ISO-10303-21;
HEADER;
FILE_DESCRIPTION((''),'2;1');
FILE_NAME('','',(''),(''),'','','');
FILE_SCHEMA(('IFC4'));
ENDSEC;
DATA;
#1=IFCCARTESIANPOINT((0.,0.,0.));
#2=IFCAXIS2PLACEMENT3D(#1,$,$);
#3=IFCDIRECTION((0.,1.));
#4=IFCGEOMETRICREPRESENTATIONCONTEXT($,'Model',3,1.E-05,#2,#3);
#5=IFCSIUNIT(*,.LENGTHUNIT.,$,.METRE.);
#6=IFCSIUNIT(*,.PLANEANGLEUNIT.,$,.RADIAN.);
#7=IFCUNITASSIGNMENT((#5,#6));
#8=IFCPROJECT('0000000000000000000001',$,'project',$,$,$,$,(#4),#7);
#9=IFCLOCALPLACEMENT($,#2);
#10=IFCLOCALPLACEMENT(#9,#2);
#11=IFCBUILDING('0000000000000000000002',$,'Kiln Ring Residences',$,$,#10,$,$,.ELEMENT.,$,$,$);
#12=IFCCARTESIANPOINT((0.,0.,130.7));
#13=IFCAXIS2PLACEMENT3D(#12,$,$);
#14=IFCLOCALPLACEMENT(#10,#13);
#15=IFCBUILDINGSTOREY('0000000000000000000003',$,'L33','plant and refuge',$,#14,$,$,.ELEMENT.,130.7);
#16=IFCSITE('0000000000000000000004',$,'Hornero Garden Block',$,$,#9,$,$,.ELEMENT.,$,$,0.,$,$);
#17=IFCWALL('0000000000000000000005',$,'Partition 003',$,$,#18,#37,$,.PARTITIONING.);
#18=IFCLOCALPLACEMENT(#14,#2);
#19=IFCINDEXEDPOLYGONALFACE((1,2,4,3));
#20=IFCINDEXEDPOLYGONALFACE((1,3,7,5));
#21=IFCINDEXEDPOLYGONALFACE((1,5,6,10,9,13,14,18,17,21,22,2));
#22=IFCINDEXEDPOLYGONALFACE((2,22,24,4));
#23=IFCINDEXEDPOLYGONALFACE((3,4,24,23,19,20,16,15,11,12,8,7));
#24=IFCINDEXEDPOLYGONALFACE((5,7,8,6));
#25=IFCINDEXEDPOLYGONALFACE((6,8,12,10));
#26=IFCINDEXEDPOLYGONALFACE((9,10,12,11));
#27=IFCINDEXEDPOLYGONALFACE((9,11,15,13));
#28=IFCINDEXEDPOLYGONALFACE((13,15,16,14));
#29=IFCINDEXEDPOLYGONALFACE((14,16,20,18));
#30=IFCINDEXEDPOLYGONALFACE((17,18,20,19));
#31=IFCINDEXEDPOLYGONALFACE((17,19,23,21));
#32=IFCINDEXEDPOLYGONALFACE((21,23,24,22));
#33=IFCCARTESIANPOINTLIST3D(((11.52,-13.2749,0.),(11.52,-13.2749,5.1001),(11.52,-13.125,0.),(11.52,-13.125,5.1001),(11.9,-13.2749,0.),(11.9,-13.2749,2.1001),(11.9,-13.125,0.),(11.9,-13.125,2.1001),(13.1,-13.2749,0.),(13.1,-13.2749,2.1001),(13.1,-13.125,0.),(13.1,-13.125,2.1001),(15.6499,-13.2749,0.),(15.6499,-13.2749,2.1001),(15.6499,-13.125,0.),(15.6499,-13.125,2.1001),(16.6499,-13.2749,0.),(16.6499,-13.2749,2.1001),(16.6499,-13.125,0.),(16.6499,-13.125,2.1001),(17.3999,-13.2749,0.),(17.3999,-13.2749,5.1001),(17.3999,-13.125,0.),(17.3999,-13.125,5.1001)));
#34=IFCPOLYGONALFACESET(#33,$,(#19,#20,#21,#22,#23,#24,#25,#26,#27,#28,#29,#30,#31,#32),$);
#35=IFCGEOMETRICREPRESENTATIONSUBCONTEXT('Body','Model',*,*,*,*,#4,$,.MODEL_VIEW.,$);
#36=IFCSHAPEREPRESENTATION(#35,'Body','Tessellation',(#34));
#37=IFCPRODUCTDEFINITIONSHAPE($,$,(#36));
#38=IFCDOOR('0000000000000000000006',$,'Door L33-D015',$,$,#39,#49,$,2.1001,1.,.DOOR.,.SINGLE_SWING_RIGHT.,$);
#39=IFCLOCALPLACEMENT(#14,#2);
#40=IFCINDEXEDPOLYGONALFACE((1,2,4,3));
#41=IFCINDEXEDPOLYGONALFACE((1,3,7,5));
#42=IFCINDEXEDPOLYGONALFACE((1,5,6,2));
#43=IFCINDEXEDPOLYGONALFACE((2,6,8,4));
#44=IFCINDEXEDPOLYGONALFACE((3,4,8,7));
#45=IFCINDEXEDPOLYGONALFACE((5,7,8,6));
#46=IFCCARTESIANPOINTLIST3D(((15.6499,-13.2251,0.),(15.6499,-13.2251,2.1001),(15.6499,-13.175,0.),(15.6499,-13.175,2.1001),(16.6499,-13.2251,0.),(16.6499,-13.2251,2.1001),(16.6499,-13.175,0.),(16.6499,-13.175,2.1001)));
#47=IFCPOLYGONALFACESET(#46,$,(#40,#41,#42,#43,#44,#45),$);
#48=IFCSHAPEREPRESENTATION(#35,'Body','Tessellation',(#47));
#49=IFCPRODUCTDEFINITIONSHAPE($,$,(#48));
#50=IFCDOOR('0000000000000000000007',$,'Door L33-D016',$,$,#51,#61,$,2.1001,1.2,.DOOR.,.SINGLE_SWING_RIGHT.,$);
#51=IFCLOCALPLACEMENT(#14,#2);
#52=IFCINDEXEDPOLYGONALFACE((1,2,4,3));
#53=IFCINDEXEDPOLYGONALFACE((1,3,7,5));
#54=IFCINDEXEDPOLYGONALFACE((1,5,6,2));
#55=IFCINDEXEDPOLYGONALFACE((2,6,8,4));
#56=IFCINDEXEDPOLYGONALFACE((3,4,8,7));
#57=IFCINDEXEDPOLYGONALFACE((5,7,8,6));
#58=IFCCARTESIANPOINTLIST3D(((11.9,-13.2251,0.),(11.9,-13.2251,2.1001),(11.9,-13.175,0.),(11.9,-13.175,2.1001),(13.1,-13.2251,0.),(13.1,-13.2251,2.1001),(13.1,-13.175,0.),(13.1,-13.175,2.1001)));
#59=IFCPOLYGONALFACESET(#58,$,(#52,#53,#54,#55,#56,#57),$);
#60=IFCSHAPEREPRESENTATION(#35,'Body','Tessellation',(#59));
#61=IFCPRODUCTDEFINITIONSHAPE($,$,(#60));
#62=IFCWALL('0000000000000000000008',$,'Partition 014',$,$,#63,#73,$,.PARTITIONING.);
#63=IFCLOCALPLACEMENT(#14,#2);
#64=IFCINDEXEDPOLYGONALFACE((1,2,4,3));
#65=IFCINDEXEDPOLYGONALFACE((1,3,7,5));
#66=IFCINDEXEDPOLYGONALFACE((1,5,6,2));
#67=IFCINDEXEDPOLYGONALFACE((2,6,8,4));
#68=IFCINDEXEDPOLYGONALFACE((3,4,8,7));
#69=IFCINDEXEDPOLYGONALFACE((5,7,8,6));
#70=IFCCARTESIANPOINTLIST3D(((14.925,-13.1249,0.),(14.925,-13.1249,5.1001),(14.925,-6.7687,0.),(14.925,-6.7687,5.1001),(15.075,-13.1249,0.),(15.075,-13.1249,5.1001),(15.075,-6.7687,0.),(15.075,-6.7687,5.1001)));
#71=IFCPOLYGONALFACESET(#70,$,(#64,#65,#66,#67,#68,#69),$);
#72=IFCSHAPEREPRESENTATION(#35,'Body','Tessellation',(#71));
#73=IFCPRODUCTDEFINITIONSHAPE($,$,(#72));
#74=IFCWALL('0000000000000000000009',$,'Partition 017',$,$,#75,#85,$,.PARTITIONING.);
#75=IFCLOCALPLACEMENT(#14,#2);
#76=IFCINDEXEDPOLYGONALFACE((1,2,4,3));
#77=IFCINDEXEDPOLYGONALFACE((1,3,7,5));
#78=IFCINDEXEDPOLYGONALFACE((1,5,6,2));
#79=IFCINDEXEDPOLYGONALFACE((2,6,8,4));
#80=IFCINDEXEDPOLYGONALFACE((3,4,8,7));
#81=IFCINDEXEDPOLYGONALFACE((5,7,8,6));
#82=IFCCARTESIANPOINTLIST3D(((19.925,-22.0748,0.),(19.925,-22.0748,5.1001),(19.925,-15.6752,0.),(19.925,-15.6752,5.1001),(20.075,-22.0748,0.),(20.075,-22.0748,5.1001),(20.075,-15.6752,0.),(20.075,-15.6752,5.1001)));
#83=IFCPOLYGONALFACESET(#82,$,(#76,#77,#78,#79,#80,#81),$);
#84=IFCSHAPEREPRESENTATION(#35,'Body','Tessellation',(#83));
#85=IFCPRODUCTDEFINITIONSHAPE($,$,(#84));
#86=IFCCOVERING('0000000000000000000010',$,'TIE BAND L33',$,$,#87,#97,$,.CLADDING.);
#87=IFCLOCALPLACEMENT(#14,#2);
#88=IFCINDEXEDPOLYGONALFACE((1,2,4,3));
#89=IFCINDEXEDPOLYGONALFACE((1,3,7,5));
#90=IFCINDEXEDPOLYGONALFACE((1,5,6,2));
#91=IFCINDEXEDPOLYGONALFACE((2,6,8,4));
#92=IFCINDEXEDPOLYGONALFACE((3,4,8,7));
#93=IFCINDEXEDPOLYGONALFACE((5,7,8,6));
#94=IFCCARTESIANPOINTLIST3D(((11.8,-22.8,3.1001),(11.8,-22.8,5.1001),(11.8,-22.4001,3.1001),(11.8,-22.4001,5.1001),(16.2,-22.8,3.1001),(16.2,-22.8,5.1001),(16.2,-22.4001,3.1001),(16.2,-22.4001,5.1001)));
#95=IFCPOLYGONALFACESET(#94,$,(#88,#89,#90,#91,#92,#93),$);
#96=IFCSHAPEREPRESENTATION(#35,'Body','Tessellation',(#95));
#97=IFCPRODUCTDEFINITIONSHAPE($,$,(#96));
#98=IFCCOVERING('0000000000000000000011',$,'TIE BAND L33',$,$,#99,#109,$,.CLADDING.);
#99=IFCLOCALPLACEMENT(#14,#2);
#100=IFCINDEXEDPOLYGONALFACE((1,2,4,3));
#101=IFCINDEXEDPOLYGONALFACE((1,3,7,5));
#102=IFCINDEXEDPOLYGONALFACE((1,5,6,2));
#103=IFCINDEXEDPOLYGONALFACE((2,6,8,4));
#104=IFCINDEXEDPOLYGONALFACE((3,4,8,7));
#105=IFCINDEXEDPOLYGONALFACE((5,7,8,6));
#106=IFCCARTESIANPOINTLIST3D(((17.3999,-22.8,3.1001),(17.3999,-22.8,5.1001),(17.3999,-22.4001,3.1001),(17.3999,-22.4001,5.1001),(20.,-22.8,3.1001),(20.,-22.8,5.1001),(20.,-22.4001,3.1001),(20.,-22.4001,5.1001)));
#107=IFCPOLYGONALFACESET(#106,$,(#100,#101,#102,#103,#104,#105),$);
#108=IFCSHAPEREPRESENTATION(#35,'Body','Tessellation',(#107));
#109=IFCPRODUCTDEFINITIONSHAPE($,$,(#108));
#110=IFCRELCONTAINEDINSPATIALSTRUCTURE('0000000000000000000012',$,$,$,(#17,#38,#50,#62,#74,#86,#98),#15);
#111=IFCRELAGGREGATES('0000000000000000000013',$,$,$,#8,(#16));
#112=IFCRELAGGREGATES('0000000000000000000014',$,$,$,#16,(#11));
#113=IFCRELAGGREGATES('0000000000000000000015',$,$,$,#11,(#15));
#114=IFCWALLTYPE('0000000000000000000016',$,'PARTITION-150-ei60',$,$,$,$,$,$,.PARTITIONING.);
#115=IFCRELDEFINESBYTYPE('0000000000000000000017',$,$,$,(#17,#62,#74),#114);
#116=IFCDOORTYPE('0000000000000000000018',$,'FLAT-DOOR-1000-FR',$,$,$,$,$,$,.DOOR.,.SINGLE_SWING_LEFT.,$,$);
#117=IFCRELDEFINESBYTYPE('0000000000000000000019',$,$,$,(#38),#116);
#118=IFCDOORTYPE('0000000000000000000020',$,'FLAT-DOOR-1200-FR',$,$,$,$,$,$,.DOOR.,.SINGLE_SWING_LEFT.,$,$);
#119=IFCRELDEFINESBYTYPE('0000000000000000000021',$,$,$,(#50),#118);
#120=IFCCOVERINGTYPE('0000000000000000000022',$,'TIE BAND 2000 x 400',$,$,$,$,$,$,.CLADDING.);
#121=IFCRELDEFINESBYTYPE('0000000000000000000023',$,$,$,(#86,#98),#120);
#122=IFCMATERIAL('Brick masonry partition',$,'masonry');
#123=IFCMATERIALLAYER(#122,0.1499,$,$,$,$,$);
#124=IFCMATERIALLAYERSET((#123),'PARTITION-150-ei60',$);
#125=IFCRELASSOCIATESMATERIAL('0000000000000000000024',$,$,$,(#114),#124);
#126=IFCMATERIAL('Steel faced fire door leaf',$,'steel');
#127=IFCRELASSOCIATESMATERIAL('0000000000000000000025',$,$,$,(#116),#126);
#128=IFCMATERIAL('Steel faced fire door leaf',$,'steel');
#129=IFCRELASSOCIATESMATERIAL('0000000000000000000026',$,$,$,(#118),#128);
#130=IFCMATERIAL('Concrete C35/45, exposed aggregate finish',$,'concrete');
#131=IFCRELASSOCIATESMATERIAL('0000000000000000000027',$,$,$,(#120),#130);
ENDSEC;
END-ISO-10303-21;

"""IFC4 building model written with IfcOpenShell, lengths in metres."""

from ifc_helpers import new_model, si_unit, direction, frame, frame_2d, origin, origin_2d, place, context, subcontext, project, spatial, rectangle, extrude, material, layer, layer_set, type_object, element, fill, save


model = new_model("IFC4")

# Units and contexts
model_context = context("Model", 3, precision=1e-05, world=origin(), true_north=direction((0.0, 1.0)))
body_context = subcontext(model_context, "Body", "Model", "MODEL_VIEW")
ifc_project = project(units=[si_unit("LENGTHUNIT", "METRE"), si_unit("PLANEANGLEUNIT", "RADIAN")], contexts=[model_context])

# Site, building, storey
site_placement = place(None, origin())
site = spatial("IfcSite", under=ifc_project, at=site_placement, Name="Hornero Garden Block", CompositionType="ELEMENT", RefElevation=0.0)
building_placement = place(site_placement, origin())
building = spatial("IfcBuilding", under=site, at=building_placement, Name="Kiln Ring Residences", CompositionType="ELEMENT")
storey_placement = place(building_placement, frame((0.0, 0.0, 130.7)))
storey = spatial("IfcBuildingStorey", under=building, at=storey_placement, Name="L33", Description="plant and refuge", CompositionType="ELEMENT", Elevation=130.7)

# Wall, openings, doors
ifc_material_1 = material(Name="Brick masonry partition", Category="masonry")
ifc_layer_1 = layer(ifc_material_1, 0.1499)
ifc_layer_set_1 = layer_set([ifc_layer_1], Name="PARTITION-150-ei60")
wall_type_1 = type_object("IfcWallType", Name="PARTITION-150-ei60", PredefinedType="PARTITIONING", material=ifc_layer_set_1)
wall_1_placement = place(storey_placement, frame((11.52, -13.2, 0.0), z_axis=(0.0, 0.0, 1.0), x_axis=(1.0, 0.0, 0.0)))
wall_1 = element("IfcWall", 1, at=wall_1_placement, inside=storey, type_object=wall_type_1, Name="Partition 003", PredefinedType="PARTITIONING", context=body_context, shape_type="SweptSolid", body=[
    extrude(rectangle(XDim=5.8799, YDim=0.1499, at=frame_2d((2.9399, 0.0))), origin(), (0.0, 0.0, 1.0), 5.1001),
])
opening_1_placement = place(wall_1_placement, frame((4.1299, 0.0, 0.0)))
opening_1 = element("IfcOpeningElement", 2, at=opening_1_placement, cuts=wall_1, PredefinedType="OPENING", context=body_context, shape_type="SweptSolid", body=[
    extrude(rectangle(XDim=1.0, YDim=2.1001, at=frame_2d((0.5, 1.05))), frame((0.0, 0.085, 0.0), z_axis=(0.0, -1.0, 0.0), x_axis=(1.0, 0.0, 0.0)), (0.0, 0.0, 1.0), 0.1699),
])
opening_2_placement = place(wall_1_placement, frame((0.3799, 0.0, 0.0)))
opening_2 = element("IfcOpeningElement", 3, at=opening_2_placement, cuts=wall_1, PredefinedType="OPENING", context=body_context, shape_type="SweptSolid", body=[
    extrude(rectangle(XDim=1.2, YDim=2.1001, at=frame_2d((0.6001, 1.05))), frame((0.0, 0.085, 0.0), z_axis=(0.0, -1.0, 0.0), x_axis=(1.0, 0.0, 0.0)), (0.0, 0.0, 1.0), 0.1699),
])
ifc_material_2 = material(Name="Steel faced fire door leaf", Category="steel")
door_type_1 = type_object("IfcDoorType", Name="FLAT-DOOR-1000-FR", OperationType="SINGLE_SWING_LEFT", PredefinedType="DOOR", material=ifc_material_2)
door_1_placement = place(opening_1_placement, origin())
door_1 = element("IfcDoor", 4, at=door_1_placement, inside=storey, type_object=door_type_1, Name="Door L33-D015", OperationType="SINGLE_SWING_RIGHT", OverallHeight=2.1001, OverallWidth=1.0, PredefinedType="DOOR", context=body_context, shape_type="SweptSolid", body=[
    extrude(rectangle(XDim=1.0, YDim=2.1001, at=frame_2d((0.5, 1.05))), frame((0.0, 0.0249, 0.0), z_axis=(0.0, -1.0, 0.0), x_axis=(1.0, 0.0, 0.0)), (0.0, 0.0, 1.0), 0.05),
])
fill(opening_1, door_1)
ifc_material_3 = material(Name="Steel faced fire door leaf", Category="steel")
door_type_2 = type_object("IfcDoorType", Name="FLAT-DOOR-1200-FR", OperationType="SINGLE_SWING_LEFT", PredefinedType="DOOR", material=ifc_material_3)
door_2_placement = place(opening_2_placement, origin())
door_2 = element("IfcDoor", 5, at=door_2_placement, inside=storey, type_object=door_type_2, Name="Door L33-D016", OperationType="SINGLE_SWING_RIGHT", OverallHeight=2.1001, OverallWidth=1.2, PredefinedType="DOOR", context=body_context, shape_type="SweptSolid", body=[
    extrude(rectangle(XDim=1.2, YDim=2.1001, at=frame_2d((0.6001, 1.05))), frame((0.0, 0.0249, 0.0), z_axis=(0.0, -1.0, 0.0), x_axis=(1.0, 0.0, 0.0)), (0.0, 0.0, 1.0), 0.05),
])
fill(opening_2, door_2)

# Walls
wall_2_placement = place(storey_placement, frame((15.0, -13.125, 0.0), z_axis=(0.0, 0.0, 1.0), x_axis=(0.0, 1.0, 0.0)))
element("IfcWall", 6, at=wall_2_placement, inside=storey, type_object=wall_type_1, Name="Partition 014", PredefinedType="PARTITIONING", context=body_context, shape_type="SweptSolid", body=[
    extrude(rectangle(XDim=6.3562, YDim=0.1499, at=frame_2d((3.1782, 0.0))), origin(), (0.0, 0.0, 1.0), 5.1001),
])
wall_3_placement = place(storey_placement, frame((20.0, -22.0747, 0.0), z_axis=(0.0, 0.0, 1.0), x_axis=(0.0, 1.0, 0.0)))
element("IfcWall", 7, at=wall_3_placement, inside=storey, type_object=wall_type_1, Name="Partition 017", PredefinedType="PARTITIONING", context=body_context, shape_type="SweptSolid", body=[
    extrude(rectangle(XDim=6.3997, YDim=0.1499, at=frame_2d((3.1997, 0.0))), origin(), (0.0, 0.0, 1.0), 5.1001),
])

# Coverings
ifc_material_4 = material(Name="Concrete C35/45, exposed aggregate finish", Category="concrete")
covering_type = type_object("IfcCoveringType", Name="TIE BAND 2000 x 400", PredefinedType="CLADDING", material=ifc_material_4)
covering_1_placement = place(storey_placement, frame((14.0, -22.6001, 3.1001), z_axis=(0.0, 0.0, 1.0), x_axis=(1.0, 0.0, 0.0)))
element("IfcCovering", 8, at=covering_1_placement, inside=storey, type_object=covering_type, Name="TIE BAND L33", PredefinedType="CLADDING", context=body_context, shape_type="SweptSolid", body=[
    extrude(rectangle(XDim=4.3999, YDim=0.3999, at=origin_2d()), origin(), (0.0, 0.0, 1.0), 2.0),
])
covering_2_placement = place(storey_placement, frame((18.7, -22.6001, 3.1001), z_axis=(0.0, 0.0, 1.0), x_axis=(1.0, 0.0, 0.0)))
element("IfcCovering", 9, at=covering_2_placement, inside=storey, type_object=covering_type, Name="TIE BAND L33", PredefinedType="CLADDING", context=body_context, shape_type="SweptSolid", body=[
    extrude(rectangle(XDim=2.6001, YDim=0.3999, at=origin_2d()), origin(), (0.0, 0.0, 1.0), 2.0),
])

save(model, "model.ifc")
